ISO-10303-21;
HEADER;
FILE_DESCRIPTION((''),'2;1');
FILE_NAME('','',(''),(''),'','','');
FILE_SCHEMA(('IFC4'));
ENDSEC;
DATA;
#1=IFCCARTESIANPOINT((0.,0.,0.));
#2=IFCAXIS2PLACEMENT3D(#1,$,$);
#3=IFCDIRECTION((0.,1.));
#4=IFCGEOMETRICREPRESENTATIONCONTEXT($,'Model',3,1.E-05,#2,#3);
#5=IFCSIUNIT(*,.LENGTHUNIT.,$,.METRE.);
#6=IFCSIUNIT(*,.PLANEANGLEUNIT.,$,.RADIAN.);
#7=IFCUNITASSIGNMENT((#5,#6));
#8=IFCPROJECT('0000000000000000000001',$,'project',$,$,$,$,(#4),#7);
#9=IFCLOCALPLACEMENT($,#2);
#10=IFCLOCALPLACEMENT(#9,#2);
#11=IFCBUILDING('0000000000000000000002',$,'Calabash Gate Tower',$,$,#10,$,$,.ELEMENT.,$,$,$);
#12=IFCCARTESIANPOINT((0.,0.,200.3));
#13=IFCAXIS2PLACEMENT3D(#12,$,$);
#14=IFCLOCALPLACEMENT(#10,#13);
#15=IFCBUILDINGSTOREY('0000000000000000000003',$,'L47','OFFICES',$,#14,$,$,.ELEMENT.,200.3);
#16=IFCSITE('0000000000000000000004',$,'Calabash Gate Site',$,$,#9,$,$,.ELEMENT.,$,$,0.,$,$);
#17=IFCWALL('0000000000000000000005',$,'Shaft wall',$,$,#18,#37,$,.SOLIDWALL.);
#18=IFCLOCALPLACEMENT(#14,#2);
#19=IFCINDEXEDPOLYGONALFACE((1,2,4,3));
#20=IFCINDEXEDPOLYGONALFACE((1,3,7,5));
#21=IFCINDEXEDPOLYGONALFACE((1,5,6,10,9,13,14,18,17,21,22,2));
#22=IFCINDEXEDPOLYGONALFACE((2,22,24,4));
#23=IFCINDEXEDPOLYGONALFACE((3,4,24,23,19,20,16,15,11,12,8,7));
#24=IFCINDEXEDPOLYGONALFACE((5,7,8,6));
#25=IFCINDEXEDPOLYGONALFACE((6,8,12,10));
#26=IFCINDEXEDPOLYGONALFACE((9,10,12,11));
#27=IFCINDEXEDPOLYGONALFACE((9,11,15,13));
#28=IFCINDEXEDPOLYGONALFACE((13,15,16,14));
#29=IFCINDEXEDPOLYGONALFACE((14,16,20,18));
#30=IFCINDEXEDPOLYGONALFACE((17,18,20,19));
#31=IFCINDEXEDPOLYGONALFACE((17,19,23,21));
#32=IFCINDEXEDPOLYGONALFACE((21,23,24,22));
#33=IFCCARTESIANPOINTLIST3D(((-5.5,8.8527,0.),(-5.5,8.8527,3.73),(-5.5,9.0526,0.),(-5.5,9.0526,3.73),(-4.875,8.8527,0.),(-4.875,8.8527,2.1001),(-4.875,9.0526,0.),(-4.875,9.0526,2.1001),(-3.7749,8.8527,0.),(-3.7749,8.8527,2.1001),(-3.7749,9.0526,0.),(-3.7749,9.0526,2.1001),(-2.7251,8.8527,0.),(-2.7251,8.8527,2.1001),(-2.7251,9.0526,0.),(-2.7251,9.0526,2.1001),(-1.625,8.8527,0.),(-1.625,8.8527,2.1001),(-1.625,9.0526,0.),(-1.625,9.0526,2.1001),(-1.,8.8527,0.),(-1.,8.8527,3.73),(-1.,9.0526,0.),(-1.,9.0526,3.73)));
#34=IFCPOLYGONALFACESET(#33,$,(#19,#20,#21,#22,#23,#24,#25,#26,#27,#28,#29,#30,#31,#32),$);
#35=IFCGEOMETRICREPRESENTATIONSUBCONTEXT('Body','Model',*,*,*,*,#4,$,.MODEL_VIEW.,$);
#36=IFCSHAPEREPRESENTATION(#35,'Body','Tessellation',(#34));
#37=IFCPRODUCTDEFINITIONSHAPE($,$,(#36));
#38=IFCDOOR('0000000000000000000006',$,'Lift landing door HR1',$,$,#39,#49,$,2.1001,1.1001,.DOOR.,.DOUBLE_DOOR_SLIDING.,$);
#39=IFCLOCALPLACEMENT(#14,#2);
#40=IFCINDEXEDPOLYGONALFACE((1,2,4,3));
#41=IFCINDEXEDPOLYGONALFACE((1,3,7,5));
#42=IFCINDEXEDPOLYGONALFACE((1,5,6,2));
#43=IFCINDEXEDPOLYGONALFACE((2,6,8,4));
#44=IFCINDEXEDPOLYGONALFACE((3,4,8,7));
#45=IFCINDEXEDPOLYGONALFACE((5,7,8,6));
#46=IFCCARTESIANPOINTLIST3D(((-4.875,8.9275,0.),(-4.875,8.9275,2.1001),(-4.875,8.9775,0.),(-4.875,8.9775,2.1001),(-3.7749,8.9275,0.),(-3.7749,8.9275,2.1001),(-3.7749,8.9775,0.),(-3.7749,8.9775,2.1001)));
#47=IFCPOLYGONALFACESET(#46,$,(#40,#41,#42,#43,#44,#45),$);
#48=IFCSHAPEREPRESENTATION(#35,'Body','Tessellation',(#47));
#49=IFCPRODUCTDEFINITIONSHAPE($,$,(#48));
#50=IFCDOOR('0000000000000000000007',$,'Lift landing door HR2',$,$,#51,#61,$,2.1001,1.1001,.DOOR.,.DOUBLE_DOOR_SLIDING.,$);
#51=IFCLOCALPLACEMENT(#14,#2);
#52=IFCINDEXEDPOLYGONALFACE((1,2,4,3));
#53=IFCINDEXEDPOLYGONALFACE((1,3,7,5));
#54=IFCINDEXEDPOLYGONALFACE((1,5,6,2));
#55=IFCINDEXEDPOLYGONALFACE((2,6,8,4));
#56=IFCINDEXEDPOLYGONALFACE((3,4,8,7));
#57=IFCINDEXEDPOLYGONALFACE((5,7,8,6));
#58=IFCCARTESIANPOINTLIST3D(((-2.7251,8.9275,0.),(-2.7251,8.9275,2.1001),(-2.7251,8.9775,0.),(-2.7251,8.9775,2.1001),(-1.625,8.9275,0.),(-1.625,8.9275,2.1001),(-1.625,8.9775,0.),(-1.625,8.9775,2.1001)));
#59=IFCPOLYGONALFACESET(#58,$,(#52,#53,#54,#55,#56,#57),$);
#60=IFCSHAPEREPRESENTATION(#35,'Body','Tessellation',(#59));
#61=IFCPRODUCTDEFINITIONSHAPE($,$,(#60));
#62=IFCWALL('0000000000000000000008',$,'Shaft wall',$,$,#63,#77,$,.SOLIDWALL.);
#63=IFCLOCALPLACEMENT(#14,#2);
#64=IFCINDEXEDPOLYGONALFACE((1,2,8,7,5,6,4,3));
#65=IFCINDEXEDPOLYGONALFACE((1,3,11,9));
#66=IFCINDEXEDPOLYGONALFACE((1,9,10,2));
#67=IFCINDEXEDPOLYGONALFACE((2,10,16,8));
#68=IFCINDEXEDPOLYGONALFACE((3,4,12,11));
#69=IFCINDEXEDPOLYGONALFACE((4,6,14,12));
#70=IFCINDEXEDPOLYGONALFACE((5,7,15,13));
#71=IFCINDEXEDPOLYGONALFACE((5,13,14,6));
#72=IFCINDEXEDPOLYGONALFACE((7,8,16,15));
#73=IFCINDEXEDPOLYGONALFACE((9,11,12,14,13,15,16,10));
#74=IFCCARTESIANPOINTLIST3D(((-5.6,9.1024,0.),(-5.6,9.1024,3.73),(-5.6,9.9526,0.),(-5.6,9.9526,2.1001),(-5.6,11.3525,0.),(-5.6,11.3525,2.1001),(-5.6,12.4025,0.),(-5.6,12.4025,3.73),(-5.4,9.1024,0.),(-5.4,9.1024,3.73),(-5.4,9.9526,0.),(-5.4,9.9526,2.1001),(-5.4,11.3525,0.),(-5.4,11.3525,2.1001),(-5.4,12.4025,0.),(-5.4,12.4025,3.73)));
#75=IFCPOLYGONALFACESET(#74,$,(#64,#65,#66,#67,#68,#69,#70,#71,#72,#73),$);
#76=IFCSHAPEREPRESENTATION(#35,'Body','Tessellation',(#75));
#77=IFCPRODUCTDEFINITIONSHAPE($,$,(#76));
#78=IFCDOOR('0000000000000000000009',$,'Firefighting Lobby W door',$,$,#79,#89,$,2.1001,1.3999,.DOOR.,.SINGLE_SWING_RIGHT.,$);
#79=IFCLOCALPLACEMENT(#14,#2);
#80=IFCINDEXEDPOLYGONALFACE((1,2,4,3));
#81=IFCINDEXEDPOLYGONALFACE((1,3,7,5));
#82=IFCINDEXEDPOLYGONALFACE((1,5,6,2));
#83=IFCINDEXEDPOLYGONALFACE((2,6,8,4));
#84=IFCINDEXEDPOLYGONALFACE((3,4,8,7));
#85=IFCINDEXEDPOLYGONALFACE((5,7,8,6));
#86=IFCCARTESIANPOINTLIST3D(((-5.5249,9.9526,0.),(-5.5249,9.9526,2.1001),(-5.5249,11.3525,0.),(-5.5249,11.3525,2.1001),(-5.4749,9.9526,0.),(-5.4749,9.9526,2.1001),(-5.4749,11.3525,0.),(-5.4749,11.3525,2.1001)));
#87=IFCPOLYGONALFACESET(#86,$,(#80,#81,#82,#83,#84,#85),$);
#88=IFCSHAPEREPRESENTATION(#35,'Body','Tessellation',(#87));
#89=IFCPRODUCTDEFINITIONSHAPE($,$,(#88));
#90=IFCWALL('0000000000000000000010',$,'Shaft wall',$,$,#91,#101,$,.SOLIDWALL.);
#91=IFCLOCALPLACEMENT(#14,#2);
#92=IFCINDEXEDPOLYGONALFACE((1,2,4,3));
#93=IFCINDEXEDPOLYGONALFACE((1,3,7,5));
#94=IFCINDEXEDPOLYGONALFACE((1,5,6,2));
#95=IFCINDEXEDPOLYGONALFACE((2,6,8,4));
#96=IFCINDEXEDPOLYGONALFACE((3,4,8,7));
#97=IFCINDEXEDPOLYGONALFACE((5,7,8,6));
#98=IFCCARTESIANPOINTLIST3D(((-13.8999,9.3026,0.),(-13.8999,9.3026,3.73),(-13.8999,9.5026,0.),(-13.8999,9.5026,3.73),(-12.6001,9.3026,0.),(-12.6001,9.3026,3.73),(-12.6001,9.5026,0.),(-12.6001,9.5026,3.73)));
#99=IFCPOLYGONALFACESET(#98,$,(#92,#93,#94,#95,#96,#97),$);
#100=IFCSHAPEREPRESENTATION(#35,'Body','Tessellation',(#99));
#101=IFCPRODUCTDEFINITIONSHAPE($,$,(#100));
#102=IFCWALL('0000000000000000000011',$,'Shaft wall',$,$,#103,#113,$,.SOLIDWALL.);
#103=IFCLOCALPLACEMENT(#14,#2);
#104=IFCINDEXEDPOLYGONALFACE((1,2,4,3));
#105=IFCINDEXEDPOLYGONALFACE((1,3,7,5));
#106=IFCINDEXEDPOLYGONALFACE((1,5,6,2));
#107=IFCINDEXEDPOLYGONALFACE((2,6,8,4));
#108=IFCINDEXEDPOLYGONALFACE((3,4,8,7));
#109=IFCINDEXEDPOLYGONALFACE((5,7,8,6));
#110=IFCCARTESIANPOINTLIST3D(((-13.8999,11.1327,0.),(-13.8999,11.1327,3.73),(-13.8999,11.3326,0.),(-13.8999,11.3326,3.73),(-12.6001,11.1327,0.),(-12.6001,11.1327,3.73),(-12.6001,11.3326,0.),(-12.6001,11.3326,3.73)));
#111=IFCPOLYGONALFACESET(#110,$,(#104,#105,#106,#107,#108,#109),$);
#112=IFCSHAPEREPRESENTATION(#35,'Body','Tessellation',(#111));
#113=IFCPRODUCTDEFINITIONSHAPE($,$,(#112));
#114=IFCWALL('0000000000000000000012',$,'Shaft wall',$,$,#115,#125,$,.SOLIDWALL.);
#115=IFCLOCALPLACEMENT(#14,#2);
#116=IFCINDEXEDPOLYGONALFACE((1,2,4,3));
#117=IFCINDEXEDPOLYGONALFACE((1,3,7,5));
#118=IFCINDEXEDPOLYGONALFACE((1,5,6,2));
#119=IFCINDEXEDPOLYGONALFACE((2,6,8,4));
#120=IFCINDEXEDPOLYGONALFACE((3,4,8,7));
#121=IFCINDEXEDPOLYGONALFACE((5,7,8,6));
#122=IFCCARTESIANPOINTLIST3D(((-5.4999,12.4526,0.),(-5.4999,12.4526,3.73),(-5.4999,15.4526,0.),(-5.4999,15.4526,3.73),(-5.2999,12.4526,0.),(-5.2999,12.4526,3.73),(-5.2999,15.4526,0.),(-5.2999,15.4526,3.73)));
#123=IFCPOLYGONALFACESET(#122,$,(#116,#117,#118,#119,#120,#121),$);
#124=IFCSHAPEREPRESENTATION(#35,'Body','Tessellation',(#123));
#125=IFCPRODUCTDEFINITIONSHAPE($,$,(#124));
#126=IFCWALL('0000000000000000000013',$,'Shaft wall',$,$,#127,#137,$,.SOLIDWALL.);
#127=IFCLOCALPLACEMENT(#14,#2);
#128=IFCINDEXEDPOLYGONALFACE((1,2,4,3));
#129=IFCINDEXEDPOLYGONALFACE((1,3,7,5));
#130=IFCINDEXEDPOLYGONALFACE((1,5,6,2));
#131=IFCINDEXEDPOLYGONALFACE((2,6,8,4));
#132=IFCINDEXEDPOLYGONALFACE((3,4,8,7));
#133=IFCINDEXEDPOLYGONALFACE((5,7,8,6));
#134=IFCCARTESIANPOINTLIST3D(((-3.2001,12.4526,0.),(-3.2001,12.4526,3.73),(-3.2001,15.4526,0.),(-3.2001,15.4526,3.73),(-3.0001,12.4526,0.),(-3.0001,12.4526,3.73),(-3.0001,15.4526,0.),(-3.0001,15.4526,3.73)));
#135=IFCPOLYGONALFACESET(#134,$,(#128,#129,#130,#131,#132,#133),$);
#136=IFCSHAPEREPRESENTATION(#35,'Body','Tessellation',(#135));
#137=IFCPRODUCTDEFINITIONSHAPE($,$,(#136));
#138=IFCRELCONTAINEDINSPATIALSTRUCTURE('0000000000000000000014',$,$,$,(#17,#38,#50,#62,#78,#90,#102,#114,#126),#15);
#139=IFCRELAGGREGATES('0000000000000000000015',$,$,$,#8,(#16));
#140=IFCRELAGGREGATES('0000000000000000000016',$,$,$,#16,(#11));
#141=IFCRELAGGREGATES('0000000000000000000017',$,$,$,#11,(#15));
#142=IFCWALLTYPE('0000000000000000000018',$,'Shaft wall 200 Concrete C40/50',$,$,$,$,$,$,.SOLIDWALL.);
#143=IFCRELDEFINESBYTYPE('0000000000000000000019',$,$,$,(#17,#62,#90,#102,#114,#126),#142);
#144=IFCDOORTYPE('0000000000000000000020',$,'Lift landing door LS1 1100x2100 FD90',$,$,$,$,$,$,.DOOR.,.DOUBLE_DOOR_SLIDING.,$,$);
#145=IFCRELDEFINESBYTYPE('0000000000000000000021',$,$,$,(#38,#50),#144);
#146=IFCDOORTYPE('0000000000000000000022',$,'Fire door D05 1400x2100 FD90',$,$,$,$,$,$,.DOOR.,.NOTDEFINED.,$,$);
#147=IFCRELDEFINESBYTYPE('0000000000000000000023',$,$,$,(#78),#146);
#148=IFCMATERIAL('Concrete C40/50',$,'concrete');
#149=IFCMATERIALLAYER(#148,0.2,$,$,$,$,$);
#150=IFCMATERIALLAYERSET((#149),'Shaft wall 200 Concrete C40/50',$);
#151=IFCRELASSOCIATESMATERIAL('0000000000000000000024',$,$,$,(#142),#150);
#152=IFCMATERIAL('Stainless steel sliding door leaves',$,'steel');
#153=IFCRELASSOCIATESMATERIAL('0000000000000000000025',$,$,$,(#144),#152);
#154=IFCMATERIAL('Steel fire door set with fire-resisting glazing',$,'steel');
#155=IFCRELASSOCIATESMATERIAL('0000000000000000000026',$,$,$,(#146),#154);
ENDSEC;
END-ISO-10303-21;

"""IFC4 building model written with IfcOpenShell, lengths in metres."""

from ifc_helpers import new_model, si_unit, direction, frame, frame_2d, origin, place, context, subcontext, project, spatial, rectangle, extrude, material, layer, layer_set, type_object, element, fill, save


model = new_model("IFC4")

# Units and contexts
model_context = context("Model", 3, precision=1e-05, world=origin(), true_north=direction((0.0, 1.0)))
body_context = subcontext(model_context, "Body", "Model", "MODEL_VIEW")
ifc_project = project(units=[si_unit("LENGTHUNIT", "METRE"), si_unit("PLANEANGLEUNIT", "RADIAN")], contexts=[model_context])

# Site, building, storey
site_placement = place(None, origin())
site = spatial("IfcSite", under=ifc_project, at=site_placement, Name="Calabash Gate Site", CompositionType="ELEMENT", RefElevation=0.0)
building_placement = place(site_placement, origin())
building = spatial("IfcBuilding", under=site, at=building_placement, Name="Calabash Gate Tower", CompositionType="ELEMENT")
storey_placement = place(building_placement, frame((0.0, 0.0, 200.3)))
storey = spatial("IfcBuildingStorey", under=building, at=storey_placement, Name="L47", Description="OFFICES", CompositionType="ELEMENT", Elevation=200.3)

# Shared definitions
ifc_material_1 = material(Name="Concrete C40/50", Category="concrete")
ifc_layer_1 = layer(ifc_material_1, 0.2)
ifc_layer_set_1 = layer_set([ifc_layer_1], Name="Shaft wall 200 Concrete C40/50")
wall_type_1 = type_object("IfcWallType", Name="Shaft wall 200 Concrete C40/50", PredefinedType="SOLIDWALL", material=ifc_layer_set_1)

# Wall, openings, doors
wall_1_placement = place(storey_placement, frame((-5.5, 8.9526, 0.0), z_axis=(0.0, 0.0, 1.0), x_axis=(1.0, 0.0, 0.0)))
wall_1 = element("IfcWall", 1, at=wall_1_placement, inside=storey, type_object=wall_type_1, Name="Shaft wall", PredefinedType="SOLIDWALL", context=body_context, shape_type="SweptSolid", body=[
    extrude(rectangle(XDim=4.5, YDim=0.2, at=frame_2d((2.25, 0.0))), origin(), (0.0, 0.0, 1.0), 3.73),
])
opening_1_placement = place(wall_1_placement, frame((0.625, 0.0, 0.0)))
opening_1 = element("IfcOpeningElement", 2, at=opening_1_placement, cuts=wall_1, PredefinedType="OPENING", context=body_context, shape_type="SweptSolid", body=[
    extrude(rectangle(XDim=1.1001, YDim=2.1001, at=frame_2d((0.55, 1.05))), frame((0.0, 0.1099, 0.0), z_axis=(0.0, -1.0, 0.0), x_axis=(1.0, 0.0, 0.0)), (0.0, 0.0, 1.0), 0.22),
])
opening_2_placement = place(wall_1_placement, frame((2.7749, 0.0, 0.0)))
opening_2 = element("IfcOpeningElement", 3, at=opening_2_placement, cuts=wall_1, PredefinedType="OPENING", context=body_context, shape_type="SweptSolid", body=[
    extrude(rectangle(XDim=1.1001, YDim=2.1001, at=frame_2d((0.55, 1.05))), frame((0.0, 0.1099, 0.0), z_axis=(0.0, -1.0, 0.0), x_axis=(1.0, 0.0, 0.0)), (0.0, 0.0, 1.0), 0.22),
])
ifc_material_2 = material(Name="Stainless steel sliding door leaves", Category="steel")
door_type_1 = type_object("IfcDoorType", Name="Lift landing door LS1 1100x2100 FD90", OperationType="DOUBLE_DOOR_SLIDING", PredefinedType="DOOR", material=ifc_material_2)
door_1_placement = place(opening_1_placement, origin())
door_1 = element("IfcDoor", 4, at=door_1_placement, inside=storey, type_object=door_type_1, Name="Lift landing door HR1", OperationType="DOUBLE_DOOR_SLIDING", OverallHeight=2.1001, OverallWidth=1.1001, PredefinedType="DOOR", context=body_context, shape_type="SweptSolid", body=[
    extrude(rectangle(XDim=1.1001, YDim=2.1001, at=frame_2d((0.55, 1.05))), frame((0.0, 0.0249, 0.0), z_axis=(0.0, -1.0, 0.0), x_axis=(1.0, 0.0, 0.0)), (0.0, 0.0, 1.0), 0.05),
])
fill(opening_1, door_1)
door_2_placement = place(opening_2_placement, origin())
door_2 = element("IfcDoor", 5, at=door_2_placement, inside=storey, type_object=door_type_1, Name="Lift landing door HR2", OperationType="DOUBLE_DOOR_SLIDING", OverallHeight=2.1001, OverallWidth=1.1001, PredefinedType="DOOR", context=body_context, shape_type="SweptSolid", body=[
    extrude(rectangle(XDim=1.1001, YDim=2.1001, at=frame_2d((0.55, 1.05))), frame((0.0, 0.0249, 0.0), z_axis=(0.0, -1.0, 0.0), x_axis=(1.0, 0.0, 0.0)), (0.0, 0.0, 1.0), 0.05),
])
fill(opening_2, door_2)

# Wall, opening, door
wall_2_placement = place(storey_placement, frame((-5.5, 9.1025, 0.0), z_axis=(0.0, 0.0, 1.0), x_axis=(0.0, 1.0, 0.0)))
wall_2 = element("IfcWall", 6, at=wall_2_placement, inside=storey, type_object=wall_type_1, Name="Shaft wall", PredefinedType="SOLIDWALL", context=body_context, shape_type="SweptSolid", body=[
    extrude(rectangle(XDim=3.3, YDim=0.2, at=frame_2d((1.6499, 0.0))), origin(), (0.0, 0.0, 1.0), 3.73),
])
opening_3_placement = place(wall_2_placement, frame((0.8501, 0.0, 0.0)))
opening_3 = element("IfcOpeningElement", 7, at=opening_3_placement, cuts=wall_2, PredefinedType="OPENING", context=body_context, shape_type="SweptSolid", body=[
    extrude(rectangle(XDim=1.3999, YDim=2.1001, at=frame_2d((0.7, 1.05))), frame((0.0, 0.1099, 0.0), z_axis=(0.0, -1.0, 0.0), x_axis=(1.0, 0.0, 0.0)), (0.0, 0.0, 1.0), 0.22),
])
ifc_material_3 = material(Name="Steel fire door set with fire-resisting glazing", Category="steel")
door_type_2 = type_object("IfcDoorType", Name="Fire door D05 1400x2100 FD90", OperationType="NOTDEFINED", PredefinedType="DOOR", material=ifc_material_3)
door_3_placement = place(opening_3_placement, origin())
door_3 = element("IfcDoor", 8, at=door_3_placement, inside=storey, type_object=door_type_2, Name="Firefighting Lobby W door", OperationType="SINGLE_SWING_RIGHT", OverallHeight=2.1001, OverallWidth=1.3999, PredefinedType="DOOR", context=body_context, shape_type="SweptSolid", body=[
    extrude(rectangle(XDim=1.3999, YDim=2.1001, at=frame_2d((0.7, 1.05))), frame((0.0, 0.0249, 0.0), z_axis=(0.0, -1.0, 0.0), x_axis=(1.0, 0.0, 0.0)), (0.0, 0.0, 1.0), 0.05),
])
fill(opening_3, door_3)

# Walls
for number, where, z_axis, x_axis, name in (
    (9, (-13.8999, 9.4026, 0.0), (0.0, 0.0, 1.0), (1.0, 0.0, 0.0), "Shaft wall"),
    (10, (-13.8999, 11.2327, 0.0), (0.0, 0.0, 1.0), (1.0, 0.0, 0.0), "Shaft wall"),
):
    element("IfcWall", number, at=place(storey_placement, frame(where, z_axis=z_axis, x_axis=x_axis)), inside=storey, type_object=wall_type_1, Name=name, PredefinedType="SOLIDWALL", context=body_context, shape_type="SweptSolid", body=[
        extrude(rectangle(XDim=1.2998, YDim=0.2, at=frame_2d((0.6499, 0.0))), origin(), (0.0, 0.0, 1.0), 3.73),
    ])
for number, where, z_axis, x_axis, name in (
    (11, (-5.3999, 12.4526, 0.0), (0.0, 0.0, 1.0), (0.0, 1.0, 0.0), "Shaft wall"),
    (12, (-3.1001, 12.4526, 0.0), (0.0, 0.0, 1.0), (0.0, 1.0, 0.0), "Shaft wall"),
):
    element("IfcWall", number, at=place(storey_placement, frame(where, z_axis=z_axis, x_axis=x_axis)), inside=storey, type_object=wall_type_1, Name=name, PredefinedType="SOLIDWALL", context=body_context, shape_type="SweptSolid", body=[
        extrude(rectangle(XDim=3.0, YDim=0.2, at=frame_2d((1.5, 0.0))), origin(), (0.0, 0.0, 1.0), 3.73),
    ])

save(model, "model.ifc")
